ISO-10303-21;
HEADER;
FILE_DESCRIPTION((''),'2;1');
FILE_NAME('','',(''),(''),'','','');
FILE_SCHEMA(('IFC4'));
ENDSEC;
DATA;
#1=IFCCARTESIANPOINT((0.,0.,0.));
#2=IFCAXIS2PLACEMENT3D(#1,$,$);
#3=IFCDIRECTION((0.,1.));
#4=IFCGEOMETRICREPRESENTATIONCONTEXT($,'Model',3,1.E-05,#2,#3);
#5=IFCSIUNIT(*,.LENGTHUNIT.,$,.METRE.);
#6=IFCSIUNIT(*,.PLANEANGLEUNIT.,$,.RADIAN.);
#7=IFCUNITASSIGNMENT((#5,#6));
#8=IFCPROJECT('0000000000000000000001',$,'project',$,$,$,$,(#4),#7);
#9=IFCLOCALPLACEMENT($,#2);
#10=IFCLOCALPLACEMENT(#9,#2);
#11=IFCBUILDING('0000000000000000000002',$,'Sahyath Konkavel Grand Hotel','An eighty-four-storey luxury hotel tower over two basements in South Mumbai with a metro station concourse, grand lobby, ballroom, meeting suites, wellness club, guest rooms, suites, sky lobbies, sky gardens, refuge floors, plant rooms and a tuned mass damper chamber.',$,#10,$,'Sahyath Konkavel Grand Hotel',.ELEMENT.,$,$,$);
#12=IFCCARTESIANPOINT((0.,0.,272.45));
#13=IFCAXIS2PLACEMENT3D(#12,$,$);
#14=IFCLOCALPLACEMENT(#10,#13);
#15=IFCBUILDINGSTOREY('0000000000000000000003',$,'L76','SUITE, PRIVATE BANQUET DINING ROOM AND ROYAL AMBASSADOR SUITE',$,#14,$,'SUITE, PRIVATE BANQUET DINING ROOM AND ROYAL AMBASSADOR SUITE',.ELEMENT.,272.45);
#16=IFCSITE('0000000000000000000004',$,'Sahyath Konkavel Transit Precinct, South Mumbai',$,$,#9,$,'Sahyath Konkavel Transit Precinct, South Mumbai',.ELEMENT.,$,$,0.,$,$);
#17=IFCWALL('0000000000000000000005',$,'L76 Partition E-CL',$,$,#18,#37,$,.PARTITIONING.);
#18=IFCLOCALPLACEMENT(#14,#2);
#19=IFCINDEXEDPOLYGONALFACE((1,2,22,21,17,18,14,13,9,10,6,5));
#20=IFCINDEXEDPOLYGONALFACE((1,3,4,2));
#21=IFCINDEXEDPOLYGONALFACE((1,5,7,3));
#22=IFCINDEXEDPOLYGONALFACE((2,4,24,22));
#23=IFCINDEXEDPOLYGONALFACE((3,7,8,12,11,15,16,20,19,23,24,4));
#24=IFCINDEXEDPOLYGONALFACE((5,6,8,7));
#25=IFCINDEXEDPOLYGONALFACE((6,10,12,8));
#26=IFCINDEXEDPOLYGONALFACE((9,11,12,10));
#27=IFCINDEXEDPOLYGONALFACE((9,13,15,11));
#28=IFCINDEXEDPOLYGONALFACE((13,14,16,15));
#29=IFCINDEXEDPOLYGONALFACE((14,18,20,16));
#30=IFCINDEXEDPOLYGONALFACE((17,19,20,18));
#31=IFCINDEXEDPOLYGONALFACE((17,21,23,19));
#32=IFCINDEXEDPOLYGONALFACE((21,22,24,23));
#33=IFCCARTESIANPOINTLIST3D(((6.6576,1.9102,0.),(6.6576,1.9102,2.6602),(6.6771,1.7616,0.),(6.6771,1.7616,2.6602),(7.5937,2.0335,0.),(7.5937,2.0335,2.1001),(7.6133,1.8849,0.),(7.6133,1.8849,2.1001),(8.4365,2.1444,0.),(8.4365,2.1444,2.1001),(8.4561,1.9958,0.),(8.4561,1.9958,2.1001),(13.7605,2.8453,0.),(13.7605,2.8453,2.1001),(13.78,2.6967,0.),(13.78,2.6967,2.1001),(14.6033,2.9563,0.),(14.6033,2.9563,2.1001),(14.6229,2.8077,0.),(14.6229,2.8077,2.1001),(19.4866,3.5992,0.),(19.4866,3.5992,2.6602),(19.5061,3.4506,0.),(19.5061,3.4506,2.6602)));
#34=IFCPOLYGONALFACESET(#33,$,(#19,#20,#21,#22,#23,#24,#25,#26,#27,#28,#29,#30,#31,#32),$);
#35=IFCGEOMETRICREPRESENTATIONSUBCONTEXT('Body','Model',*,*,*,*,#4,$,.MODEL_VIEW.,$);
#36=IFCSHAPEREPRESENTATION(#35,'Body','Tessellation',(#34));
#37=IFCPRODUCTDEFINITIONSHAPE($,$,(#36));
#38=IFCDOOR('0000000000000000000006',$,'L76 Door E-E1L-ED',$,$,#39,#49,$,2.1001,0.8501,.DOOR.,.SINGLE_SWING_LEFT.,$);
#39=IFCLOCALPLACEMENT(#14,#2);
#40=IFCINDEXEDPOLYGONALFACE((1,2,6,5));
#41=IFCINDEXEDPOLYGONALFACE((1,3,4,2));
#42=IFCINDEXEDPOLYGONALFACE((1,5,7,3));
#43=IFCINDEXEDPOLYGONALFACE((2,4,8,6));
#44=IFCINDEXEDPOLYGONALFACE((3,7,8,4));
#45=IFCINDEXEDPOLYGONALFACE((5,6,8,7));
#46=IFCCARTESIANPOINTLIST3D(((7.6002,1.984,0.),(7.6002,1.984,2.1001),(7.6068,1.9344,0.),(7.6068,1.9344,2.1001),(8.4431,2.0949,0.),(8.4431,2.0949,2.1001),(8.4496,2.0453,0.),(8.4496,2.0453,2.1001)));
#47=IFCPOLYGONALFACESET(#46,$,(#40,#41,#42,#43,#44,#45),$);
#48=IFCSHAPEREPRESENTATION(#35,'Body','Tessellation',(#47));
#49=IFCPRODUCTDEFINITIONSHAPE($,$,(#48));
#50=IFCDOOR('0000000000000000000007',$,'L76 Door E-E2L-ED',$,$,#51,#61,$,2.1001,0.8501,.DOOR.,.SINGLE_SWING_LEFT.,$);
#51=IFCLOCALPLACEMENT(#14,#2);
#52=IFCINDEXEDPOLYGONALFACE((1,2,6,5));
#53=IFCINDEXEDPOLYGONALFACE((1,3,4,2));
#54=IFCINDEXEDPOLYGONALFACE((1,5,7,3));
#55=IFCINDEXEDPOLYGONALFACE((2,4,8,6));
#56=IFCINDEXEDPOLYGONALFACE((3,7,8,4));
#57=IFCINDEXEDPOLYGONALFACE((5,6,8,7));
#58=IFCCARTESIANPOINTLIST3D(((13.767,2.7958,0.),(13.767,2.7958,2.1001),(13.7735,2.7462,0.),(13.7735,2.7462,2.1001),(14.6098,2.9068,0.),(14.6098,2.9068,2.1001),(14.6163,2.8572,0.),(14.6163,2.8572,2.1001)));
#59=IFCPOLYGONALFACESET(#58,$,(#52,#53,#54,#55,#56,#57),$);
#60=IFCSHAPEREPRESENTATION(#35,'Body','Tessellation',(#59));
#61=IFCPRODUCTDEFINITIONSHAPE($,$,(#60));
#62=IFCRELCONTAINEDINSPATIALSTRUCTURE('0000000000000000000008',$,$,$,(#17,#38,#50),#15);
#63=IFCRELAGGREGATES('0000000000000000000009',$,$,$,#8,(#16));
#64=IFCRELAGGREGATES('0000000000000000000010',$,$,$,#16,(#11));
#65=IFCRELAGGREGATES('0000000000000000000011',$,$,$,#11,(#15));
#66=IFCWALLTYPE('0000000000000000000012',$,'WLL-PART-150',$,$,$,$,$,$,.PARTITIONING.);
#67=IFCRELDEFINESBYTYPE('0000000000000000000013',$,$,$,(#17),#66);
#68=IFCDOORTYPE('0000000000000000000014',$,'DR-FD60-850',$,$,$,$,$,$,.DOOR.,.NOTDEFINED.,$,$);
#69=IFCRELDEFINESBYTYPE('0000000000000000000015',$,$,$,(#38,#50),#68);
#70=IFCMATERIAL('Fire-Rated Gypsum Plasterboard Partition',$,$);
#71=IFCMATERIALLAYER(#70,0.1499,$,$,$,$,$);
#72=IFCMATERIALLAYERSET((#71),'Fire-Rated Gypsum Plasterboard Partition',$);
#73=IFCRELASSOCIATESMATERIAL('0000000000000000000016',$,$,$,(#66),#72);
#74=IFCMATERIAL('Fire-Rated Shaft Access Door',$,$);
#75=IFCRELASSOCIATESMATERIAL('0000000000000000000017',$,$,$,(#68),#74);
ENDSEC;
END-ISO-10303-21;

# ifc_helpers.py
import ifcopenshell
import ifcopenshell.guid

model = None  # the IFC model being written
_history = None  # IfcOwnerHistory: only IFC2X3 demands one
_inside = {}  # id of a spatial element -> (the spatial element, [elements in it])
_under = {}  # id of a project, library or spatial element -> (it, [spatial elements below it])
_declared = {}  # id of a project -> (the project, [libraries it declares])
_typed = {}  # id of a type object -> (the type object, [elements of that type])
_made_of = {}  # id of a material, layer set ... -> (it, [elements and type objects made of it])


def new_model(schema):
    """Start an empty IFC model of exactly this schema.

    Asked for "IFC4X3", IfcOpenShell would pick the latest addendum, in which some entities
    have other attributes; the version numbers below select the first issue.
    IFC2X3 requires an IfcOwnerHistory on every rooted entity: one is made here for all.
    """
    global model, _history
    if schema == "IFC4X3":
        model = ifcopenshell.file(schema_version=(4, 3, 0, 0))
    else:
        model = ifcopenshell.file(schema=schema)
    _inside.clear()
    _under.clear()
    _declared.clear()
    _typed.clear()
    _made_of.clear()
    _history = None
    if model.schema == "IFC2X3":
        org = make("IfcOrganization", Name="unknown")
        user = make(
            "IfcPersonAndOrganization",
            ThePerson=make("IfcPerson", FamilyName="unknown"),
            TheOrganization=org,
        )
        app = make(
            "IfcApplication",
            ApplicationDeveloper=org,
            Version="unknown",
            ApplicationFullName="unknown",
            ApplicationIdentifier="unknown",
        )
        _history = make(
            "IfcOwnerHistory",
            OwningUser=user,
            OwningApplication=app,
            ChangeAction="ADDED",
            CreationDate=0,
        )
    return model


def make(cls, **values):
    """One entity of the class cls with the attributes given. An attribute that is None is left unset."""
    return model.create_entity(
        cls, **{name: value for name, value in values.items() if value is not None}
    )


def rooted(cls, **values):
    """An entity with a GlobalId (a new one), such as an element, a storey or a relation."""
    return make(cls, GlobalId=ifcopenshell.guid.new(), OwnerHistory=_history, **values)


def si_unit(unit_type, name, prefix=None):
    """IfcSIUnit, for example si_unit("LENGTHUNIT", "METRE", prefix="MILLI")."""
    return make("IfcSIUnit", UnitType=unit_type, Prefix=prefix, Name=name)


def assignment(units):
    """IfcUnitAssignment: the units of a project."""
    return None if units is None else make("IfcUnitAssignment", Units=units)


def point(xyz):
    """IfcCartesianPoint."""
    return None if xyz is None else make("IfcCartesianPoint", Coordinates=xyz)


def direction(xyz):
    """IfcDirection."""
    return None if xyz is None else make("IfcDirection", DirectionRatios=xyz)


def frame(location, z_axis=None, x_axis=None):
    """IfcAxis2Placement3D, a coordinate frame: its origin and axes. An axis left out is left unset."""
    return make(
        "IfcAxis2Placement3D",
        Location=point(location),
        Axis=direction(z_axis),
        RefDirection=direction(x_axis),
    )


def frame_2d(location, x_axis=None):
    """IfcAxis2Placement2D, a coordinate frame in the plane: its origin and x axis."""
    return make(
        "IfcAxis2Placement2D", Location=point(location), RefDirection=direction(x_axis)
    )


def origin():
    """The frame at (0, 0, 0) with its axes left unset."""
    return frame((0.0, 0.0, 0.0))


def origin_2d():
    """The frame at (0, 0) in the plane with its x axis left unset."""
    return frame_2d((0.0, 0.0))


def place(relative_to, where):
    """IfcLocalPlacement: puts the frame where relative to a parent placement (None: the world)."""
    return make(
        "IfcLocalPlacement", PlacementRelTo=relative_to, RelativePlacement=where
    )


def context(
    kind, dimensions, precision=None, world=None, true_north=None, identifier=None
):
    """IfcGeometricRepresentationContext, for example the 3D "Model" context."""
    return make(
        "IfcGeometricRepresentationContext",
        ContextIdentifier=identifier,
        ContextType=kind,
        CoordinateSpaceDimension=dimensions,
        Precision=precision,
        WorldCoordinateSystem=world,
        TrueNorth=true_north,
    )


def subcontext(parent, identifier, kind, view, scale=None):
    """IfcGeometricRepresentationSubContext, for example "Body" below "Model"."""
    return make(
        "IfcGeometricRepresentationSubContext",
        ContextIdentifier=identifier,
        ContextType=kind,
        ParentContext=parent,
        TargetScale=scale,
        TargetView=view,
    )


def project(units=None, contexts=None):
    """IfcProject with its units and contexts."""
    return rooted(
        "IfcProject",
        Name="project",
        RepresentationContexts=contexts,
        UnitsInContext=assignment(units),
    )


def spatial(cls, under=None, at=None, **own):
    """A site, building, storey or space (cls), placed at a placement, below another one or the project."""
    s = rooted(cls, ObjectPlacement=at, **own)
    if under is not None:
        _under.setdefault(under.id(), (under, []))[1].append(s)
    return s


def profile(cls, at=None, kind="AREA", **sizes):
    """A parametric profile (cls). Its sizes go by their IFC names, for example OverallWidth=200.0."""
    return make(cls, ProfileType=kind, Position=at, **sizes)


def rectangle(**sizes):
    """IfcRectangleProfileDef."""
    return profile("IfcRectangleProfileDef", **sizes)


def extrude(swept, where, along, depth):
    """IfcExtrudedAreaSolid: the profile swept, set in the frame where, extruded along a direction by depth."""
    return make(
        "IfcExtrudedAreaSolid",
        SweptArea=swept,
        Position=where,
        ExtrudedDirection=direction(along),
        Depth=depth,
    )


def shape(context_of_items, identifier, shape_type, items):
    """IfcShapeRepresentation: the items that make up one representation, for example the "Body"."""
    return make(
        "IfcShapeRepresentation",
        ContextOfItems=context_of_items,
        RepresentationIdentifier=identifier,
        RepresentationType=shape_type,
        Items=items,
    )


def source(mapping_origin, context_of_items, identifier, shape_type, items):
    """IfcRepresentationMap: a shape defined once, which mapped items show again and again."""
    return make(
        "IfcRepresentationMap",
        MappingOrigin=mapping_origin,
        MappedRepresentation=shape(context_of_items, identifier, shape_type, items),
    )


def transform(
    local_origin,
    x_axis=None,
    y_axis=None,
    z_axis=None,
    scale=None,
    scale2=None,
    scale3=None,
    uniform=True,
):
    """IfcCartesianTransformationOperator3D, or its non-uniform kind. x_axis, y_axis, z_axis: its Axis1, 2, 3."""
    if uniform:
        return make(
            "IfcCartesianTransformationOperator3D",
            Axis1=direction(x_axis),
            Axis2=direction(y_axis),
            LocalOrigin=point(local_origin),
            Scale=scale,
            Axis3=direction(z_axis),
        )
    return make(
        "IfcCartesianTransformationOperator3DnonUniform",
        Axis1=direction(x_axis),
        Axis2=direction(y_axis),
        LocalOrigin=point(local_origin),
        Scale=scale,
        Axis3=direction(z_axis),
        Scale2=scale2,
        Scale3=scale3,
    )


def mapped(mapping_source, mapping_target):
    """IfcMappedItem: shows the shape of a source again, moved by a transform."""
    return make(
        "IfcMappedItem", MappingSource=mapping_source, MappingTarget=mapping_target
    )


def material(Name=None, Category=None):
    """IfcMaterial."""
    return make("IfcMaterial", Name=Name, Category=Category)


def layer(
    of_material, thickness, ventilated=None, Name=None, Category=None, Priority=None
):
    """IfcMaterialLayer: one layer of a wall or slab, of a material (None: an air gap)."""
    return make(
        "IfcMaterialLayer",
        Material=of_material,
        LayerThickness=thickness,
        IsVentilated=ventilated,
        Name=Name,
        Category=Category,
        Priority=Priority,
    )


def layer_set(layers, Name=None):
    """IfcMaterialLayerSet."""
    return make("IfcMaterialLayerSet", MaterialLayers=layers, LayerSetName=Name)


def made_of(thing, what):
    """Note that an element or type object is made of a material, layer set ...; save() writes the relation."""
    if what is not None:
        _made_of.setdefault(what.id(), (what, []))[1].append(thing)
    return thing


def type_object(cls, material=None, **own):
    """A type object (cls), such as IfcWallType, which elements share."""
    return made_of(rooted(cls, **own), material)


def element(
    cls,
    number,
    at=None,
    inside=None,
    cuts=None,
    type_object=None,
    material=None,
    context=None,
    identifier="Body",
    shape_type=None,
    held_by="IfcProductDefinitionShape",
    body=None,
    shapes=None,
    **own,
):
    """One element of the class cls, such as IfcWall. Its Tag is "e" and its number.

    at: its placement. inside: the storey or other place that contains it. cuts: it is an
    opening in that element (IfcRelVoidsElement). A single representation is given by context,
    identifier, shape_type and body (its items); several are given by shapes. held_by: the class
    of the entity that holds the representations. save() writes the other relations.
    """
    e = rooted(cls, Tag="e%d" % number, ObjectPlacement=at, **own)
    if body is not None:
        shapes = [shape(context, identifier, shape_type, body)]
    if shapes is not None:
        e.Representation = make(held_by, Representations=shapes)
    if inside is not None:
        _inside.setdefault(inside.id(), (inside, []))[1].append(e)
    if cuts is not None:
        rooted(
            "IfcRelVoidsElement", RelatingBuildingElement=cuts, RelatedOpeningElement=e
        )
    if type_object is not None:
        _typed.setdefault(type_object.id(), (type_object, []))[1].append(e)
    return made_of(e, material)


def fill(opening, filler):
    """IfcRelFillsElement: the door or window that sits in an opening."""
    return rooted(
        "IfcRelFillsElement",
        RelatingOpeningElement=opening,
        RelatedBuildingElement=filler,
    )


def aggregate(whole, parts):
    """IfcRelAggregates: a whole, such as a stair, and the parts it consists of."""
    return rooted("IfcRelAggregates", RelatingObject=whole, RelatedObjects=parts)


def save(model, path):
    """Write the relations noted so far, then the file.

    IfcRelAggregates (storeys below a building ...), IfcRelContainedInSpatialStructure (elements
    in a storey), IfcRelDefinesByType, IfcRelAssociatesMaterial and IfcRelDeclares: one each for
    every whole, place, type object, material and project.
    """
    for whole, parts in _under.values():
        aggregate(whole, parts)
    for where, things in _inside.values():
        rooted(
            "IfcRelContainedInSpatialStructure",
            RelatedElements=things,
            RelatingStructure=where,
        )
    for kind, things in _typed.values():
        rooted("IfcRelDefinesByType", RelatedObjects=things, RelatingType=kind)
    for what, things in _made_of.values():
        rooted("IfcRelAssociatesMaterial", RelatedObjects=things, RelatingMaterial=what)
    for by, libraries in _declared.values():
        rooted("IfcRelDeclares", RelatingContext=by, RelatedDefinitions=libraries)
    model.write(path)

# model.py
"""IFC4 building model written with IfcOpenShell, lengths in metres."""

from ifc_helpers import new_model, si_unit, direction, frame, frame_2d, origin, origin_2d, place, context, subcontext, project, spatial, rectangle, extrude, source, transform, mapped, material, layer, layer_set, type_object, element, fill, save


model = new_model("IFC4")

# Units and contexts
model_context = context("Model", 3, precision=1e-05, world=origin(), true_north=direction((0.0, 1.0)))
body_context = subcontext(model_context, "Body", "Model", "MODEL_VIEW")
ifc_project = project(units=[si_unit("LENGTHUNIT", "METRE"), si_unit("PLANEANGLEUNIT", "RADIAN")], contexts=[model_context])

# Site, building, storey
site_placement = place(None, origin())
site = spatial("IfcSite", under=ifc_project, at=site_placement, Name="Sahyath Konkavel Transit Precinct, South Mumbai", LongName="Sahyath Konkavel Transit Precinct, South Mumbai", CompositionType="ELEMENT", RefElevation=0.0)
building_placement = place(site_placement, origin())
building = spatial("IfcBuilding", under=site, at=building_placement, Name="Sahyath Konkavel Grand Hotel", Description="An eighty-four-storey luxury hotel tower over two basements in South Mumbai with a metro station concourse, grand lobby, ballroom, meeting suites, wellness club, guest rooms, suites, sky lobbies, sky gardens, refuge floors, plant rooms and a tuned mass damper chamber.", LongName="Sahyath Konkavel Grand Hotel", CompositionType="ELEMENT")
storey_placement = place(building_placement, frame((0.0, 0.0, 272.45)))
storey = spatial("IfcBuildingStorey", under=building, at=storey_placement, Name="L76", Description="SUITE, PRIVATE BANQUET DINING ROOM AND ROYAL AMBASSADOR SUITE", LongName="SUITE, PRIVATE BANQUET DINING ROOM AND ROYAL AMBASSADOR SUITE", CompositionType="ELEMENT", Elevation=272.45)

# Wall, openings, doors
ifc_material_1 = material(Name="Fire-Rated Gypsum Plasterboard Partition")
ifc_layer_1 = layer(ifc_material_1, 0.1499)
ifc_layer_set_1 = layer_set([ifc_layer_1], Name="Fire-Rated Gypsum Plasterboard Partition")
wall_type_1 = type_object("IfcWallType", Name="WLL-PART-150", PredefinedType="PARTITIONING", material=ifc_layer_set_1)
wall_1_placement = place(storey_placement, frame((6.6675, 1.8359, 0.0), z_axis=(0.0, 0.0, 1.0), x_axis=(0.991445, 0.130525, 0.0)))
wall_1 = element("IfcWall", 1, at=wall_1_placement, inside=storey, type_object=wall_type_1, Name="L76 Partition E-CL", PredefinedType="PARTITIONING", context=body_context, shape_type="SweptSolid", body=[
    extrude(rectangle(XDim=12.9397, YDim=0.1499, at=frame_2d((6.4697, 0.0))), origin(), (0.0, 0.0, 1.0), 2.6602),
])
opening_1_placement = place(wall_1_placement, frame((0.9441, 0.0, 0.0)))
opening_1 = element("IfcOpeningElement", 2, at=opening_1_placement, cuts=wall_1, PredefinedType="OPENING", context=body_context, shape_type="SweptSolid", body=[
    extrude(rectangle(XDim=0.8501, YDim=2.1001, at=frame_2d((0.425, 1.05))), frame((0.0, 0.085, 0.0), z_axis=(0.0, -1.0, 0.0), x_axis=(1.0, 0.0, 0.0)), (0.0, 0.0, 1.0), 0.1699),
])
opening_2_placement = place(wall_1_placement, frame((7.1641, 0.0, 0.0)))
opening_2 = element("IfcOpeningElement", 3, at=opening_2_placement, cuts=wall_1, PredefinedType="OPENING", context=body_context, shape_type="SweptSolid", body=[
    extrude(rectangle(XDim=0.8501, YDim=2.1001, at=frame_2d((0.425, 1.05))), frame((0.0, 0.085, 0.0), z_axis=(0.0, -1.0, 0.0), x_axis=(1.0, 0.0, 0.0)), (0.0, 0.0, 1.0), 0.1699),
])
ifc_material_2 = material(Name="Fire-Rated Shaft Access Door")
door_type_1 = type_object("IfcDoorType", Name="DR-FD60-850", OperationType="NOTDEFINED", PredefinedType="DOOR", material=ifc_material_2)
shared_shape_1 = source(origin(), body_context, "Body", "SweptSolid", [
    extrude(rectangle(XDim=0.8501, YDim=0.05, at=origin_2d()), origin(), (0.0, 0.0, 1.0), 2.1001),
])
door_1_placement = place(opening_1_placement, frame((0.425, 0.0, 0.0)))
door_1 = element("IfcDoor", 4, at=door_1_placement, inside=storey, type_object=door_type_1, Name="L76 Door E-E1L-ED", OperationType="SINGLE_SWING_LEFT", OverallHeight=2.1001, OverallWidth=0.8501, PredefinedType="DOOR", context=body_context, shape_type="MappedRepresentation", body=[
    mapped(shared_shape_1, transform((0.0, 0.0, 0.0), scale=1.0)),
])
fill(opening_1, door_1)
door_2_placement = place(opening_2_placement, frame((0.425, 0.0, 0.0)))
door_2 = element("IfcDoor", 5, at=door_2_placement, inside=storey, type_object=door_type_1, Name="L76 Door E-E2L-ED", OperationType="SINGLE_SWING_LEFT", OverallHeight=2.1001, OverallWidth=0.8501, PredefinedType="DOOR", context=body_context, shape_type="MappedRepresentation", body=[
    mapped(shared_shape_1, transform((0.0, 0.0, 0.0), scale=1.0)),
])
fill(opening_2, door_2)

save(model, "model.ifc")
